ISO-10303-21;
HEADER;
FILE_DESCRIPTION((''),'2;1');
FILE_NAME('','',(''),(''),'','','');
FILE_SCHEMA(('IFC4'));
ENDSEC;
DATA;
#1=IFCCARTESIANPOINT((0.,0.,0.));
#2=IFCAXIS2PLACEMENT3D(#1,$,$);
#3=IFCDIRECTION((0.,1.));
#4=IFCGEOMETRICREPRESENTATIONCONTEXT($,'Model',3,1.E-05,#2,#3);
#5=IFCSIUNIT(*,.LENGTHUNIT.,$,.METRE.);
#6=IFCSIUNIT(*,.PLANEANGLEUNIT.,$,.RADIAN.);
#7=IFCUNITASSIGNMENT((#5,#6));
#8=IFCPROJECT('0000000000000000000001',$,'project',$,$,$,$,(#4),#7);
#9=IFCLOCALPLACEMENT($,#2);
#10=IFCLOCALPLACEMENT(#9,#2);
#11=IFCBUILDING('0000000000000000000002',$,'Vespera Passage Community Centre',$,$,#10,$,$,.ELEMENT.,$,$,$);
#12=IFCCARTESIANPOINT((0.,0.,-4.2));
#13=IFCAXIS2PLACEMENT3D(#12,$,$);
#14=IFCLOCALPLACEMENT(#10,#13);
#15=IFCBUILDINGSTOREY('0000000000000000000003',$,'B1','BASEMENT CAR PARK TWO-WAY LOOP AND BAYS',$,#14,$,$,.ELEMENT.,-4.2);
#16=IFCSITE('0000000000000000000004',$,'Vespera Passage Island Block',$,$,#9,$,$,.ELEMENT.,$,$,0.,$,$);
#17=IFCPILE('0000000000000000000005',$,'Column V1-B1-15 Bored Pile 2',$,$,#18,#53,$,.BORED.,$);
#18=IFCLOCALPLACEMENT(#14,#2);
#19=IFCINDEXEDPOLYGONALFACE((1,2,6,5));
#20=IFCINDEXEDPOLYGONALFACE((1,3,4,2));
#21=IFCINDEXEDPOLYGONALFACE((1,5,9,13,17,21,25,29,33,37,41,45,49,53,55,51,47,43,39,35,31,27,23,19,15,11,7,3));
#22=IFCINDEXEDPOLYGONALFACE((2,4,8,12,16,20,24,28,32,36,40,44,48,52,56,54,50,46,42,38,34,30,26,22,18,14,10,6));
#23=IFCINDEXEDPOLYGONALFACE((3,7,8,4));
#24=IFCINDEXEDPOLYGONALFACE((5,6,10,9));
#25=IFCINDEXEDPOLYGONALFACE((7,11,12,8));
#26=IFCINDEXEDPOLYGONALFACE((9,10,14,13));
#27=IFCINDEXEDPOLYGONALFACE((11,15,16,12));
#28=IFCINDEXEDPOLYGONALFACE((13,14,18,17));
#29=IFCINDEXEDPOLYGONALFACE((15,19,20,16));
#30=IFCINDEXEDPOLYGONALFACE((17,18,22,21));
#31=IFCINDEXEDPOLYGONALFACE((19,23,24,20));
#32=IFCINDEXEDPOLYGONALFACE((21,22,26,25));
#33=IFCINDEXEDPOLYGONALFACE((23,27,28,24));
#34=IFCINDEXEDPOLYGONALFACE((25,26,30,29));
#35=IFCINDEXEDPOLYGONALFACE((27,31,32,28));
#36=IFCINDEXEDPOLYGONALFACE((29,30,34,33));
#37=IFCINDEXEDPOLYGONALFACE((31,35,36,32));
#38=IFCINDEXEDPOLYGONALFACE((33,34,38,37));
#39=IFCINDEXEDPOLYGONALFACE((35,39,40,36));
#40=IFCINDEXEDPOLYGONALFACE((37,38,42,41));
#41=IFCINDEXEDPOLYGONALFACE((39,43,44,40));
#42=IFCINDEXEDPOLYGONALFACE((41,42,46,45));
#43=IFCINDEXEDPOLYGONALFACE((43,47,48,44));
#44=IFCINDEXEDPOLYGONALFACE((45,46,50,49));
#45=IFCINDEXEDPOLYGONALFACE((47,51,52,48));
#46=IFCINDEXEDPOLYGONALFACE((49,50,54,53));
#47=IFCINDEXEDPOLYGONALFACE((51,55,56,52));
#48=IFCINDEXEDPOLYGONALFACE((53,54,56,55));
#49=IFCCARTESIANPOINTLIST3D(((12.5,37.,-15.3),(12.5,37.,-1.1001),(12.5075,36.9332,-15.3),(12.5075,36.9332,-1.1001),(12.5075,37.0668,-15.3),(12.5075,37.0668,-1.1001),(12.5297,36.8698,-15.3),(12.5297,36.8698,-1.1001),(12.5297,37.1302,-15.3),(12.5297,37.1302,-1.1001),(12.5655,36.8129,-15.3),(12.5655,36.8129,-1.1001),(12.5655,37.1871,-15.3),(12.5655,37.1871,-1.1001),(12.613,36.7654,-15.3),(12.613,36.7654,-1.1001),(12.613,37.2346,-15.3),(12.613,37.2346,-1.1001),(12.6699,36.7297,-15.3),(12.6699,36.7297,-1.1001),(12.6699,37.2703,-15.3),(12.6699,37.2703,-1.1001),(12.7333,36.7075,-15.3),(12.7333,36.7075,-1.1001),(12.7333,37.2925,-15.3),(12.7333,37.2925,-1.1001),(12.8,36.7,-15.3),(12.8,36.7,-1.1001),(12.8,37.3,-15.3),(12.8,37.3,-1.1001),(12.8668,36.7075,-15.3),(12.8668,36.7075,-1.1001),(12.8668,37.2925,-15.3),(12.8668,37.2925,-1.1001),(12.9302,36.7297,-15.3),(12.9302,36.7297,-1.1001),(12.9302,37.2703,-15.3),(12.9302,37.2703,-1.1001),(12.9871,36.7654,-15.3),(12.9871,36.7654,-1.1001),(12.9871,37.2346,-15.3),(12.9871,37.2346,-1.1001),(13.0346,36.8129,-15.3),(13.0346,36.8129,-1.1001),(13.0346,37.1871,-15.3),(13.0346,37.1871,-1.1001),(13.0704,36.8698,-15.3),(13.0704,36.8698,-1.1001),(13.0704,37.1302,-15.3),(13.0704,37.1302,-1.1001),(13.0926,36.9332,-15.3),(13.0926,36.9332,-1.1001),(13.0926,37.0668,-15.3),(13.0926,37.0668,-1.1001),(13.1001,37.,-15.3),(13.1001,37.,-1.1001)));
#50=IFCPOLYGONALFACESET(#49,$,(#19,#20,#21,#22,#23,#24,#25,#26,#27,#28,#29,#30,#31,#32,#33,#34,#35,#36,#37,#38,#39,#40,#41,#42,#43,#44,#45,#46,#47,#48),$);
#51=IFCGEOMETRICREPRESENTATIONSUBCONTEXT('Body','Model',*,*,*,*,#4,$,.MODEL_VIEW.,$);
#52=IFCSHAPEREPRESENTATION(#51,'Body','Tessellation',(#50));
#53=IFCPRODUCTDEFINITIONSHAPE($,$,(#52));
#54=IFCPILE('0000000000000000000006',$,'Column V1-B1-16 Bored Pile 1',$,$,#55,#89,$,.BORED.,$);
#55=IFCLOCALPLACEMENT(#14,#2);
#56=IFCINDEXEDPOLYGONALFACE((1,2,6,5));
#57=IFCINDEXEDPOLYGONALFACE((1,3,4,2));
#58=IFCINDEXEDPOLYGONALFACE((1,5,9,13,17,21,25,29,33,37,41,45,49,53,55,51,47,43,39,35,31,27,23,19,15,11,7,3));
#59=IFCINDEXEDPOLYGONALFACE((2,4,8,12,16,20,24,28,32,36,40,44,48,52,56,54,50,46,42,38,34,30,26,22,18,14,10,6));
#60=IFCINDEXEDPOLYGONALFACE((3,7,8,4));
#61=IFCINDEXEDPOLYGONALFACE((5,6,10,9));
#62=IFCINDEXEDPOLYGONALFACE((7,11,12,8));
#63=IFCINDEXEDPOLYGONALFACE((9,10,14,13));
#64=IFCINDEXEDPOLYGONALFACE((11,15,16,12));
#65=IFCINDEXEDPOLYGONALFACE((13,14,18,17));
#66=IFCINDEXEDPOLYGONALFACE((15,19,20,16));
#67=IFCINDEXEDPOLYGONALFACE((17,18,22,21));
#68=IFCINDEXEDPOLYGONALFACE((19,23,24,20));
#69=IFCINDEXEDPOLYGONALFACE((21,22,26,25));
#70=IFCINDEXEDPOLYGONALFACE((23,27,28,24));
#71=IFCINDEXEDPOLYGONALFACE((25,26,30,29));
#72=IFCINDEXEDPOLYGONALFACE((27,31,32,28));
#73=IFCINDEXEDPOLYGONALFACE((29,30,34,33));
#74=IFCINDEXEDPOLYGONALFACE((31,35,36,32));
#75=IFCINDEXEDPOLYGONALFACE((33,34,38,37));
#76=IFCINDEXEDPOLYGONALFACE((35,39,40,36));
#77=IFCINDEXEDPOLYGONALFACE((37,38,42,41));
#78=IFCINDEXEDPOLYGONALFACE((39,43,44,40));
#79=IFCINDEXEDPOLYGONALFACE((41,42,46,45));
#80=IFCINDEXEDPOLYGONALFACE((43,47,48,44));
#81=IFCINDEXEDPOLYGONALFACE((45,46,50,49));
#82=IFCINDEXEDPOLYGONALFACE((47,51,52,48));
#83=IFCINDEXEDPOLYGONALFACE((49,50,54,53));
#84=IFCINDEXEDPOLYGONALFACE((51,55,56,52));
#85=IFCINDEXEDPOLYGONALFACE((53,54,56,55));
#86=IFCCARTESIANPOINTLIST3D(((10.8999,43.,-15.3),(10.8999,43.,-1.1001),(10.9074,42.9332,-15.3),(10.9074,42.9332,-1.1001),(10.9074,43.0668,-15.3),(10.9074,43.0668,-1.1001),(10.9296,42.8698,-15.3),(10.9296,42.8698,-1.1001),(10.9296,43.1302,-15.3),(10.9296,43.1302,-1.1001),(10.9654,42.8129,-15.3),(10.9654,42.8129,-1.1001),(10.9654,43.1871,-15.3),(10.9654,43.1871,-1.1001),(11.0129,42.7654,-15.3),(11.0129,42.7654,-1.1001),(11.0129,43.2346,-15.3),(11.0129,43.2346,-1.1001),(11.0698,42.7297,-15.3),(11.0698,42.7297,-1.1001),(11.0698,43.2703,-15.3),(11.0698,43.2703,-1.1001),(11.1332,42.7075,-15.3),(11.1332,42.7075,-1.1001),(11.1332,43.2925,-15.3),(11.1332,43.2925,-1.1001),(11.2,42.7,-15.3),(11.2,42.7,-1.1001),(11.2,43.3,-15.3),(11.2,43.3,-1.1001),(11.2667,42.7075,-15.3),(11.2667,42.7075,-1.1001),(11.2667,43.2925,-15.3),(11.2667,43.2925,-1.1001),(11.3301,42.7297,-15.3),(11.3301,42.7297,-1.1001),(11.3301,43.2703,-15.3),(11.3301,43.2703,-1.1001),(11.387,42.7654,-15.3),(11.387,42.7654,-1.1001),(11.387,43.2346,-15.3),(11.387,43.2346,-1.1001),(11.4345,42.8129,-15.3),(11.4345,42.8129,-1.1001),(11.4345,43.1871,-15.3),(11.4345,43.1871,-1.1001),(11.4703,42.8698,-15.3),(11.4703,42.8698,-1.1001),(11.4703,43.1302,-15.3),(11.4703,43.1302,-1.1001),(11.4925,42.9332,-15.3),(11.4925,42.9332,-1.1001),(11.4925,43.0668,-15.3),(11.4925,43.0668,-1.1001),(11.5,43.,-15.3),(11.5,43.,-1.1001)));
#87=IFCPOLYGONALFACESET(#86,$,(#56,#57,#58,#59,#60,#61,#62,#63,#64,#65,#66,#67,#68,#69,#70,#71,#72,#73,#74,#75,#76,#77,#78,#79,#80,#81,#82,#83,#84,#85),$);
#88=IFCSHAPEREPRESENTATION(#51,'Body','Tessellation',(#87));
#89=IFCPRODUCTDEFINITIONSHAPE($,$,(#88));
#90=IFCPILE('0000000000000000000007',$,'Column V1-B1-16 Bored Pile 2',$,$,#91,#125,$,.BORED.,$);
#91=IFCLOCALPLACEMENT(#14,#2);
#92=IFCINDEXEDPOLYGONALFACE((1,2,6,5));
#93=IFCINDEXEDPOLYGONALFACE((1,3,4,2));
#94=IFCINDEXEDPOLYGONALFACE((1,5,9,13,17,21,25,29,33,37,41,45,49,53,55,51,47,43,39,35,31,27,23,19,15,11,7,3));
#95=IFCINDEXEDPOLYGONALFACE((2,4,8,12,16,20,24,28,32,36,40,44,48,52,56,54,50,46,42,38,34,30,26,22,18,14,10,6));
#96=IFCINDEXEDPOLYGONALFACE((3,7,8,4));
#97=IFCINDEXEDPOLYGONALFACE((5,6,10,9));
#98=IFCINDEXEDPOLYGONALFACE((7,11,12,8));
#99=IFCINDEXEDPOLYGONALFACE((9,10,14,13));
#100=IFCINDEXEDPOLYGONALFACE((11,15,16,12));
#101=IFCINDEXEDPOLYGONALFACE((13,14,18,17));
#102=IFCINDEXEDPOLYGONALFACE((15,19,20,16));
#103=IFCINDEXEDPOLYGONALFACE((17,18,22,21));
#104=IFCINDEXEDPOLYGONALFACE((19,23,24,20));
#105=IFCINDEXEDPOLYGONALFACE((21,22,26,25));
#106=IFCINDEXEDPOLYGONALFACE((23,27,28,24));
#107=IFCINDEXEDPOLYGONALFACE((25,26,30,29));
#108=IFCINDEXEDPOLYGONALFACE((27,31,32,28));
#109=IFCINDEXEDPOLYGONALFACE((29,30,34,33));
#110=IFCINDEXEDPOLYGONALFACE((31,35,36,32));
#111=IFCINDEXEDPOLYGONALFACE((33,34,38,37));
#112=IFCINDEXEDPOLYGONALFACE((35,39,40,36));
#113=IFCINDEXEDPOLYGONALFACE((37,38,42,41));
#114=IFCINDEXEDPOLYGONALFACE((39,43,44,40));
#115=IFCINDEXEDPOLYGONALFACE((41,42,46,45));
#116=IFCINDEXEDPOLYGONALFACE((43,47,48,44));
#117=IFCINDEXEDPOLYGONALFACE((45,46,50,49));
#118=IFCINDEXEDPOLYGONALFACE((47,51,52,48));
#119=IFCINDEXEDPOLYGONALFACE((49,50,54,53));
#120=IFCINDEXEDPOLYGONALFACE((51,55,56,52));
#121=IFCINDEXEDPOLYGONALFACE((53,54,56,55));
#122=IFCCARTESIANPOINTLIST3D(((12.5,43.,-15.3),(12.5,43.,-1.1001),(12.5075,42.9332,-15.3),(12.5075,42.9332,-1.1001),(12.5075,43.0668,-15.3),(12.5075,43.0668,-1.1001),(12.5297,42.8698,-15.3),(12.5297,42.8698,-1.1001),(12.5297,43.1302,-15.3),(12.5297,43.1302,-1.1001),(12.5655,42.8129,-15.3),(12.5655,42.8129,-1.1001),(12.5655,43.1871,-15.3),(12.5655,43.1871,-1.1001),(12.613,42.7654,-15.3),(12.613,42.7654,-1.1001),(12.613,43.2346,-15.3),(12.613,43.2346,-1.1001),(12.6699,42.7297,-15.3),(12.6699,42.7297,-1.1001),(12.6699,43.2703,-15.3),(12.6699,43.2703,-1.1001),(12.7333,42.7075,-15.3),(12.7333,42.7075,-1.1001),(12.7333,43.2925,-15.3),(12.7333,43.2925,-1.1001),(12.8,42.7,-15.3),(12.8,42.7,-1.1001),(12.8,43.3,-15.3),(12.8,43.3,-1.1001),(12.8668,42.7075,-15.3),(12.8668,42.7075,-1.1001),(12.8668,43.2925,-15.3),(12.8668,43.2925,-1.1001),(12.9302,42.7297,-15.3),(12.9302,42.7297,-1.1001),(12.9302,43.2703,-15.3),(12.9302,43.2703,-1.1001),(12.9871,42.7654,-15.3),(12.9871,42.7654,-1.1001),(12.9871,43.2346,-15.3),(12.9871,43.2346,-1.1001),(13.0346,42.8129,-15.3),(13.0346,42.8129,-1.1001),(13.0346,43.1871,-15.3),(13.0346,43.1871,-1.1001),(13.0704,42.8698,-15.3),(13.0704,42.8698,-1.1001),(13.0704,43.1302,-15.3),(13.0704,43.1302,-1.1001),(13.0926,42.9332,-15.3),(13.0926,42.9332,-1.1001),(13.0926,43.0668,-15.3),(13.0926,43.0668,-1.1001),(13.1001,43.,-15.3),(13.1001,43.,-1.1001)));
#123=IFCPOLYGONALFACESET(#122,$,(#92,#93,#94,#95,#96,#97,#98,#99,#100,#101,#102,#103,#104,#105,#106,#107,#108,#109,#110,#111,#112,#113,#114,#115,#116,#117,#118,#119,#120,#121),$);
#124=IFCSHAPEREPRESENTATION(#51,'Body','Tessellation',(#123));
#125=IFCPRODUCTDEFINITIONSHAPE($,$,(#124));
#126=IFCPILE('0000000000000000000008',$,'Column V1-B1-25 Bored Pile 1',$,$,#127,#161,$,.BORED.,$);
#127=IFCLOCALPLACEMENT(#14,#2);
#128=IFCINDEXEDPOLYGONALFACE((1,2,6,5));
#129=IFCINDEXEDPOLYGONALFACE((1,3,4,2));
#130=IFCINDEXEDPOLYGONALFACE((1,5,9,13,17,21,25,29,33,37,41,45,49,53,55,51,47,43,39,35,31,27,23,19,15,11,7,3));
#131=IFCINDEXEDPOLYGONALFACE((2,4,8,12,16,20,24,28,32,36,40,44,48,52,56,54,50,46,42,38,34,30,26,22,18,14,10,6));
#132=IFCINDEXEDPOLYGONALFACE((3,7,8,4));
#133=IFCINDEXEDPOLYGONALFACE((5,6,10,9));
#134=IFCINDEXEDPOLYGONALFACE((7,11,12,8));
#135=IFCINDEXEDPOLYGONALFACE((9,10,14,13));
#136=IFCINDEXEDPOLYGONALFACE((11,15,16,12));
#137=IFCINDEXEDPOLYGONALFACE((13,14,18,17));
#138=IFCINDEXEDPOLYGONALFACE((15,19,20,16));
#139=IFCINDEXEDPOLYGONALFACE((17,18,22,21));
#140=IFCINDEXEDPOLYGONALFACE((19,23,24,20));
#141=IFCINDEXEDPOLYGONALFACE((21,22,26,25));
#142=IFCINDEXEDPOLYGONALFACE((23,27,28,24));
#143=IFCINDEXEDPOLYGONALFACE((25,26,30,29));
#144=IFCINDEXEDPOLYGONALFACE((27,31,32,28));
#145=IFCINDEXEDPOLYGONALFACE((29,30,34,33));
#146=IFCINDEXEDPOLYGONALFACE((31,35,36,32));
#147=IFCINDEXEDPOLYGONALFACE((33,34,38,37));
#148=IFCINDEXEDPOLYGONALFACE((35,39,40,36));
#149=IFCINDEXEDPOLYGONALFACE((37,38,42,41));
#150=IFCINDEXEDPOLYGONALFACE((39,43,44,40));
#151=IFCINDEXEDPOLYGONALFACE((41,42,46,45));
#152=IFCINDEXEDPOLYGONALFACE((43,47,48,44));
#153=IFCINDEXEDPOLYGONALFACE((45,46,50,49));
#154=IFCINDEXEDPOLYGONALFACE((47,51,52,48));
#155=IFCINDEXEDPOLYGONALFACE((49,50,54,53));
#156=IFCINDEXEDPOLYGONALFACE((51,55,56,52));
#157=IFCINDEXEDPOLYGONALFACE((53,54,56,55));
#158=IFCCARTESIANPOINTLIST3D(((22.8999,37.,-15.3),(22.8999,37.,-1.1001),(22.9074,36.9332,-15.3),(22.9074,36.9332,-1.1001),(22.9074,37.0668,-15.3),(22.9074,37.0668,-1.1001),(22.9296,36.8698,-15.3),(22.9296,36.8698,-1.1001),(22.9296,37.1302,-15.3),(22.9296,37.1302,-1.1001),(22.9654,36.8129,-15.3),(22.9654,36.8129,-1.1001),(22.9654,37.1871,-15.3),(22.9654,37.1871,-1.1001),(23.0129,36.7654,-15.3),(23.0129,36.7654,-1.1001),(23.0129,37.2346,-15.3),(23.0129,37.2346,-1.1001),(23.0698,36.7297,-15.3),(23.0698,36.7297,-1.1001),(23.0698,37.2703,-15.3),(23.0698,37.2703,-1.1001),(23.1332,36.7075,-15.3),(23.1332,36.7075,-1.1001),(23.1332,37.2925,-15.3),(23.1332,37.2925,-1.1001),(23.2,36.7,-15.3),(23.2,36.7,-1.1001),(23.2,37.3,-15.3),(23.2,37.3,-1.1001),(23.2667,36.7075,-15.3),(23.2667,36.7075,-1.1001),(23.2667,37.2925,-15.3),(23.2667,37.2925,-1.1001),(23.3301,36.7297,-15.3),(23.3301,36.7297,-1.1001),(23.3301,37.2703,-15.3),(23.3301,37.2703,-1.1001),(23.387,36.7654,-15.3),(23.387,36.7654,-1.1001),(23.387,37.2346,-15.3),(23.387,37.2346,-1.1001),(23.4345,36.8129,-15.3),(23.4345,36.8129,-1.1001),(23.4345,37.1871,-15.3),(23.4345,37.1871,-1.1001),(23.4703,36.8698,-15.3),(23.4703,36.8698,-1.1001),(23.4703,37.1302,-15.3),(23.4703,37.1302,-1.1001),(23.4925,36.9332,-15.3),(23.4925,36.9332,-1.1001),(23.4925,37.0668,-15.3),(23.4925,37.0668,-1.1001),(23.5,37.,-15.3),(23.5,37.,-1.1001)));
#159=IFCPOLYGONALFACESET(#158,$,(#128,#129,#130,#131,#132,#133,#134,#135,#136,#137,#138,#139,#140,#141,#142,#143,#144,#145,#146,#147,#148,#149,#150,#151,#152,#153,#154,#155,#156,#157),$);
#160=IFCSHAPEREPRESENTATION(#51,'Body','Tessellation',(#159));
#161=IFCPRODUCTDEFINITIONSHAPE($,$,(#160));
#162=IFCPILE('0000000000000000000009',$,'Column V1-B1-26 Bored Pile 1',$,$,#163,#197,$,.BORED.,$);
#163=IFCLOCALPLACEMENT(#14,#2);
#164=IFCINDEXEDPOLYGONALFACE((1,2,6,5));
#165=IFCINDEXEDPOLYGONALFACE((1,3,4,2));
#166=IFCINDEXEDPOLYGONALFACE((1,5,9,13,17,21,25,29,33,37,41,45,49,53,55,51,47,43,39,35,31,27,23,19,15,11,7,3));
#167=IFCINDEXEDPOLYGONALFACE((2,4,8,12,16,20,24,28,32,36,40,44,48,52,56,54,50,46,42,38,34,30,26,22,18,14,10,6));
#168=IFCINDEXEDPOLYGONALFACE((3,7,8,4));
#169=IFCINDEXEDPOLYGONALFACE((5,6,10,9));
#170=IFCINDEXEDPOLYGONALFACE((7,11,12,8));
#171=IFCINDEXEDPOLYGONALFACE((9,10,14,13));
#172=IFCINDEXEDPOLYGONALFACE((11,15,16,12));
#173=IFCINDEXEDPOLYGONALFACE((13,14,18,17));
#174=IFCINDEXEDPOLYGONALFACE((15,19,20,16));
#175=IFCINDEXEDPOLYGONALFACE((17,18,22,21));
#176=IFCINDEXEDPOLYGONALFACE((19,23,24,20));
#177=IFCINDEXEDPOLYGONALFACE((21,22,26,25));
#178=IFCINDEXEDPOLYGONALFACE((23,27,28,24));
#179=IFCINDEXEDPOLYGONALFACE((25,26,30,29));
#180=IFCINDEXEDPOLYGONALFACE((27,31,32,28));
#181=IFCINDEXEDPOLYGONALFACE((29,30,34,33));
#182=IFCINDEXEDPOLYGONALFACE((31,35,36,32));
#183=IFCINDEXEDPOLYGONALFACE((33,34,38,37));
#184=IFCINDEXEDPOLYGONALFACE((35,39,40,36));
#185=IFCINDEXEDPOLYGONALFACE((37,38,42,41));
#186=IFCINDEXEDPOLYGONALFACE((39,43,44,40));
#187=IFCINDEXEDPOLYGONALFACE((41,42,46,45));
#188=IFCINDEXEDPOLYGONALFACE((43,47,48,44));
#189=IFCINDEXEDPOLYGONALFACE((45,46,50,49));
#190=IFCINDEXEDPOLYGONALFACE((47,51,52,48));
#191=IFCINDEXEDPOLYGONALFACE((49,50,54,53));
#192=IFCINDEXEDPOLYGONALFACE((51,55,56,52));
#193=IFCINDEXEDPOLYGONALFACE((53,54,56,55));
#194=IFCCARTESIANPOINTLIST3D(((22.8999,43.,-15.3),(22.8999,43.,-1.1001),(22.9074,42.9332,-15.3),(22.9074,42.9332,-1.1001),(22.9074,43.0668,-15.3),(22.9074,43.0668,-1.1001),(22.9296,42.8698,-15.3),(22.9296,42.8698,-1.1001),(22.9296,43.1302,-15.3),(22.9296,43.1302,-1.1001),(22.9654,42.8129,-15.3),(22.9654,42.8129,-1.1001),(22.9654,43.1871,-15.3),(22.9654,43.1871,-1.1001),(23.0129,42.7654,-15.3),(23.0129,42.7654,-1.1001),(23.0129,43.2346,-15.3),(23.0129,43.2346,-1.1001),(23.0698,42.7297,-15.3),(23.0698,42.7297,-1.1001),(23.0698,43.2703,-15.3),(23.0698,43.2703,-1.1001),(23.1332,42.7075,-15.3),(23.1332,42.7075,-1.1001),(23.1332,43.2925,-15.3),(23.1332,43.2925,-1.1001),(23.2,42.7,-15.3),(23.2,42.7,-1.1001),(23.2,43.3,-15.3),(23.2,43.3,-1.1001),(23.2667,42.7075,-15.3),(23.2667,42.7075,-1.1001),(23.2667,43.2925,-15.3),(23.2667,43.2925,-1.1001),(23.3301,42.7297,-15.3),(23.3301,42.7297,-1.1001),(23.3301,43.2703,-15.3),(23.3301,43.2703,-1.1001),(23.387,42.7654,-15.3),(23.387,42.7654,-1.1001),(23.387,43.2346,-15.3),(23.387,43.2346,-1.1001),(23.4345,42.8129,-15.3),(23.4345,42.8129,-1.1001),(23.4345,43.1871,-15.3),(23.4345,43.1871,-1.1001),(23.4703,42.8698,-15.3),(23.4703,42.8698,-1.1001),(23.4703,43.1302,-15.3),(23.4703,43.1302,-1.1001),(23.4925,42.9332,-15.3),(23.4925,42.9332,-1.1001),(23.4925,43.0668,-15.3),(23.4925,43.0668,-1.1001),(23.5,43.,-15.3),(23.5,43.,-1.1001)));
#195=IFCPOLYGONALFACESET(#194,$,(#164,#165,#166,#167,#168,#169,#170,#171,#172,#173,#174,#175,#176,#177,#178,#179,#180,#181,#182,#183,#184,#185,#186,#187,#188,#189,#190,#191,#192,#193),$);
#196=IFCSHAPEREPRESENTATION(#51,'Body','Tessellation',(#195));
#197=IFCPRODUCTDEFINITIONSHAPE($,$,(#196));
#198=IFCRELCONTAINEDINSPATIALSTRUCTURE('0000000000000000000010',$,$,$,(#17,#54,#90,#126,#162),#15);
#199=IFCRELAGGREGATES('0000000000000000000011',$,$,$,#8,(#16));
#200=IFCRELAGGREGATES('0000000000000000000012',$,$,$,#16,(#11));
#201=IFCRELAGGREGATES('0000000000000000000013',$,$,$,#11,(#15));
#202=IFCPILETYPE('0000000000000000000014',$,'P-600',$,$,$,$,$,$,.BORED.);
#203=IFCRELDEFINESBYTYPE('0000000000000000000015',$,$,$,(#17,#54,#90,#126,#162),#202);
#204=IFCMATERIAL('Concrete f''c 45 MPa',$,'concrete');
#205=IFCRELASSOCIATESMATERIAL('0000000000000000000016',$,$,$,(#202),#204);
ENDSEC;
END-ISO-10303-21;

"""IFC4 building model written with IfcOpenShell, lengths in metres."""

from ifc_helpers import new_model, si_unit, direction, frame, origin, origin_2d, place, context, subcontext, project, spatial, circle, extrude, material, material_profile, profile_set, type_object, element, save


model = new_model("IFC4")

# Units and contexts
model_context = context("Model", 3, precision=1e-05, world=origin(), true_north=direction((0.0, 1.0)))
body_context = subcontext(model_context, "Body", "Model", "MODEL_VIEW")
ifc_project = project(units=[si_unit("LENGTHUNIT", "METRE"), si_unit("PLANEANGLEUNIT", "RADIAN")], contexts=[model_context])

# Site, building, storey
site_placement = place(None, origin())
site = spatial("IfcSite", under=ifc_project, at=site_placement, Name="Vespera Passage Island Block", CompositionType="ELEMENT", RefElevation=0.0)
building_placement = place(site_placement, origin())
building = spatial("IfcBuilding", under=site, at=building_placement, Name="Vespera Passage Community Centre", CompositionType="ELEMENT")
storey_placement = place(building_placement, frame((0.0, 0.0, -4.2)))
storey = spatial("IfcBuildingStorey", under=building, at=storey_placement, Name="B1", Description="BASEMENT CAR PARK TWO-WAY LOOP AND BAYS", CompositionType="ELEMENT", Elevation=-4.2)

# Piles
ifc_material_1 = material(Name="Concrete f'c 45 MPa", Category="concrete")
ifc_material_profile_1 = material_profile(ifc_material_1, circle(Radius=0.3, at=origin_2d()), Name="PILE600DIA")
ifc_profile_set_1 = profile_set([ifc_material_profile_1], Name="Concrete f'c 45 MPa")
pile_type_1 = type_object("IfcPileType", Name="P-600", PredefinedType="BORED", material=ifc_profile_set_1)
for number, where, z_axis, x_axis, name in (
    (1, (12.8, 37.0, -1.1001), (0.0, 0.0, -1.0), (1.0, 0.0, 0.0), "Column V1-B1-15 Bored Pile 2"),
    (2, (11.2, 43.0, -1.1001), (0.0, 0.0, -1.0), (1.0, 0.0, 0.0), "Column V1-B1-16 Bored Pile 1"),
    (3, (12.8, 43.0, -1.1001), (0.0, 0.0, -1.0), (1.0, 0.0, 0.0), "Column V1-B1-16 Bored Pile 2"),
    (4, (23.2, 37.0, -1.1001), (0.0, 0.0, -1.0), (1.0, 0.0, 0.0), "Column V1-B1-25 Bored Pile 1"),
    (5, (23.2, 43.0, -1.1001), (0.0, 0.0, -1.0), (1.0, 0.0, 0.0), "Column V1-B1-26 Bored Pile 1"),
):
    element("IfcPile", number, at=place(storey_placement, frame(where, z_axis=z_axis, x_axis=x_axis)), inside=storey, type_object=pile_type_1, Name=name, PredefinedType="BORED", context=body_context, shape_type="SweptSolid", body=[
        extrude(circle(Radius=0.3, at=origin_2d()), origin(), (0.0, 0.0, 1.0), 14.2),
    ])

save(model, "model.ifc")
